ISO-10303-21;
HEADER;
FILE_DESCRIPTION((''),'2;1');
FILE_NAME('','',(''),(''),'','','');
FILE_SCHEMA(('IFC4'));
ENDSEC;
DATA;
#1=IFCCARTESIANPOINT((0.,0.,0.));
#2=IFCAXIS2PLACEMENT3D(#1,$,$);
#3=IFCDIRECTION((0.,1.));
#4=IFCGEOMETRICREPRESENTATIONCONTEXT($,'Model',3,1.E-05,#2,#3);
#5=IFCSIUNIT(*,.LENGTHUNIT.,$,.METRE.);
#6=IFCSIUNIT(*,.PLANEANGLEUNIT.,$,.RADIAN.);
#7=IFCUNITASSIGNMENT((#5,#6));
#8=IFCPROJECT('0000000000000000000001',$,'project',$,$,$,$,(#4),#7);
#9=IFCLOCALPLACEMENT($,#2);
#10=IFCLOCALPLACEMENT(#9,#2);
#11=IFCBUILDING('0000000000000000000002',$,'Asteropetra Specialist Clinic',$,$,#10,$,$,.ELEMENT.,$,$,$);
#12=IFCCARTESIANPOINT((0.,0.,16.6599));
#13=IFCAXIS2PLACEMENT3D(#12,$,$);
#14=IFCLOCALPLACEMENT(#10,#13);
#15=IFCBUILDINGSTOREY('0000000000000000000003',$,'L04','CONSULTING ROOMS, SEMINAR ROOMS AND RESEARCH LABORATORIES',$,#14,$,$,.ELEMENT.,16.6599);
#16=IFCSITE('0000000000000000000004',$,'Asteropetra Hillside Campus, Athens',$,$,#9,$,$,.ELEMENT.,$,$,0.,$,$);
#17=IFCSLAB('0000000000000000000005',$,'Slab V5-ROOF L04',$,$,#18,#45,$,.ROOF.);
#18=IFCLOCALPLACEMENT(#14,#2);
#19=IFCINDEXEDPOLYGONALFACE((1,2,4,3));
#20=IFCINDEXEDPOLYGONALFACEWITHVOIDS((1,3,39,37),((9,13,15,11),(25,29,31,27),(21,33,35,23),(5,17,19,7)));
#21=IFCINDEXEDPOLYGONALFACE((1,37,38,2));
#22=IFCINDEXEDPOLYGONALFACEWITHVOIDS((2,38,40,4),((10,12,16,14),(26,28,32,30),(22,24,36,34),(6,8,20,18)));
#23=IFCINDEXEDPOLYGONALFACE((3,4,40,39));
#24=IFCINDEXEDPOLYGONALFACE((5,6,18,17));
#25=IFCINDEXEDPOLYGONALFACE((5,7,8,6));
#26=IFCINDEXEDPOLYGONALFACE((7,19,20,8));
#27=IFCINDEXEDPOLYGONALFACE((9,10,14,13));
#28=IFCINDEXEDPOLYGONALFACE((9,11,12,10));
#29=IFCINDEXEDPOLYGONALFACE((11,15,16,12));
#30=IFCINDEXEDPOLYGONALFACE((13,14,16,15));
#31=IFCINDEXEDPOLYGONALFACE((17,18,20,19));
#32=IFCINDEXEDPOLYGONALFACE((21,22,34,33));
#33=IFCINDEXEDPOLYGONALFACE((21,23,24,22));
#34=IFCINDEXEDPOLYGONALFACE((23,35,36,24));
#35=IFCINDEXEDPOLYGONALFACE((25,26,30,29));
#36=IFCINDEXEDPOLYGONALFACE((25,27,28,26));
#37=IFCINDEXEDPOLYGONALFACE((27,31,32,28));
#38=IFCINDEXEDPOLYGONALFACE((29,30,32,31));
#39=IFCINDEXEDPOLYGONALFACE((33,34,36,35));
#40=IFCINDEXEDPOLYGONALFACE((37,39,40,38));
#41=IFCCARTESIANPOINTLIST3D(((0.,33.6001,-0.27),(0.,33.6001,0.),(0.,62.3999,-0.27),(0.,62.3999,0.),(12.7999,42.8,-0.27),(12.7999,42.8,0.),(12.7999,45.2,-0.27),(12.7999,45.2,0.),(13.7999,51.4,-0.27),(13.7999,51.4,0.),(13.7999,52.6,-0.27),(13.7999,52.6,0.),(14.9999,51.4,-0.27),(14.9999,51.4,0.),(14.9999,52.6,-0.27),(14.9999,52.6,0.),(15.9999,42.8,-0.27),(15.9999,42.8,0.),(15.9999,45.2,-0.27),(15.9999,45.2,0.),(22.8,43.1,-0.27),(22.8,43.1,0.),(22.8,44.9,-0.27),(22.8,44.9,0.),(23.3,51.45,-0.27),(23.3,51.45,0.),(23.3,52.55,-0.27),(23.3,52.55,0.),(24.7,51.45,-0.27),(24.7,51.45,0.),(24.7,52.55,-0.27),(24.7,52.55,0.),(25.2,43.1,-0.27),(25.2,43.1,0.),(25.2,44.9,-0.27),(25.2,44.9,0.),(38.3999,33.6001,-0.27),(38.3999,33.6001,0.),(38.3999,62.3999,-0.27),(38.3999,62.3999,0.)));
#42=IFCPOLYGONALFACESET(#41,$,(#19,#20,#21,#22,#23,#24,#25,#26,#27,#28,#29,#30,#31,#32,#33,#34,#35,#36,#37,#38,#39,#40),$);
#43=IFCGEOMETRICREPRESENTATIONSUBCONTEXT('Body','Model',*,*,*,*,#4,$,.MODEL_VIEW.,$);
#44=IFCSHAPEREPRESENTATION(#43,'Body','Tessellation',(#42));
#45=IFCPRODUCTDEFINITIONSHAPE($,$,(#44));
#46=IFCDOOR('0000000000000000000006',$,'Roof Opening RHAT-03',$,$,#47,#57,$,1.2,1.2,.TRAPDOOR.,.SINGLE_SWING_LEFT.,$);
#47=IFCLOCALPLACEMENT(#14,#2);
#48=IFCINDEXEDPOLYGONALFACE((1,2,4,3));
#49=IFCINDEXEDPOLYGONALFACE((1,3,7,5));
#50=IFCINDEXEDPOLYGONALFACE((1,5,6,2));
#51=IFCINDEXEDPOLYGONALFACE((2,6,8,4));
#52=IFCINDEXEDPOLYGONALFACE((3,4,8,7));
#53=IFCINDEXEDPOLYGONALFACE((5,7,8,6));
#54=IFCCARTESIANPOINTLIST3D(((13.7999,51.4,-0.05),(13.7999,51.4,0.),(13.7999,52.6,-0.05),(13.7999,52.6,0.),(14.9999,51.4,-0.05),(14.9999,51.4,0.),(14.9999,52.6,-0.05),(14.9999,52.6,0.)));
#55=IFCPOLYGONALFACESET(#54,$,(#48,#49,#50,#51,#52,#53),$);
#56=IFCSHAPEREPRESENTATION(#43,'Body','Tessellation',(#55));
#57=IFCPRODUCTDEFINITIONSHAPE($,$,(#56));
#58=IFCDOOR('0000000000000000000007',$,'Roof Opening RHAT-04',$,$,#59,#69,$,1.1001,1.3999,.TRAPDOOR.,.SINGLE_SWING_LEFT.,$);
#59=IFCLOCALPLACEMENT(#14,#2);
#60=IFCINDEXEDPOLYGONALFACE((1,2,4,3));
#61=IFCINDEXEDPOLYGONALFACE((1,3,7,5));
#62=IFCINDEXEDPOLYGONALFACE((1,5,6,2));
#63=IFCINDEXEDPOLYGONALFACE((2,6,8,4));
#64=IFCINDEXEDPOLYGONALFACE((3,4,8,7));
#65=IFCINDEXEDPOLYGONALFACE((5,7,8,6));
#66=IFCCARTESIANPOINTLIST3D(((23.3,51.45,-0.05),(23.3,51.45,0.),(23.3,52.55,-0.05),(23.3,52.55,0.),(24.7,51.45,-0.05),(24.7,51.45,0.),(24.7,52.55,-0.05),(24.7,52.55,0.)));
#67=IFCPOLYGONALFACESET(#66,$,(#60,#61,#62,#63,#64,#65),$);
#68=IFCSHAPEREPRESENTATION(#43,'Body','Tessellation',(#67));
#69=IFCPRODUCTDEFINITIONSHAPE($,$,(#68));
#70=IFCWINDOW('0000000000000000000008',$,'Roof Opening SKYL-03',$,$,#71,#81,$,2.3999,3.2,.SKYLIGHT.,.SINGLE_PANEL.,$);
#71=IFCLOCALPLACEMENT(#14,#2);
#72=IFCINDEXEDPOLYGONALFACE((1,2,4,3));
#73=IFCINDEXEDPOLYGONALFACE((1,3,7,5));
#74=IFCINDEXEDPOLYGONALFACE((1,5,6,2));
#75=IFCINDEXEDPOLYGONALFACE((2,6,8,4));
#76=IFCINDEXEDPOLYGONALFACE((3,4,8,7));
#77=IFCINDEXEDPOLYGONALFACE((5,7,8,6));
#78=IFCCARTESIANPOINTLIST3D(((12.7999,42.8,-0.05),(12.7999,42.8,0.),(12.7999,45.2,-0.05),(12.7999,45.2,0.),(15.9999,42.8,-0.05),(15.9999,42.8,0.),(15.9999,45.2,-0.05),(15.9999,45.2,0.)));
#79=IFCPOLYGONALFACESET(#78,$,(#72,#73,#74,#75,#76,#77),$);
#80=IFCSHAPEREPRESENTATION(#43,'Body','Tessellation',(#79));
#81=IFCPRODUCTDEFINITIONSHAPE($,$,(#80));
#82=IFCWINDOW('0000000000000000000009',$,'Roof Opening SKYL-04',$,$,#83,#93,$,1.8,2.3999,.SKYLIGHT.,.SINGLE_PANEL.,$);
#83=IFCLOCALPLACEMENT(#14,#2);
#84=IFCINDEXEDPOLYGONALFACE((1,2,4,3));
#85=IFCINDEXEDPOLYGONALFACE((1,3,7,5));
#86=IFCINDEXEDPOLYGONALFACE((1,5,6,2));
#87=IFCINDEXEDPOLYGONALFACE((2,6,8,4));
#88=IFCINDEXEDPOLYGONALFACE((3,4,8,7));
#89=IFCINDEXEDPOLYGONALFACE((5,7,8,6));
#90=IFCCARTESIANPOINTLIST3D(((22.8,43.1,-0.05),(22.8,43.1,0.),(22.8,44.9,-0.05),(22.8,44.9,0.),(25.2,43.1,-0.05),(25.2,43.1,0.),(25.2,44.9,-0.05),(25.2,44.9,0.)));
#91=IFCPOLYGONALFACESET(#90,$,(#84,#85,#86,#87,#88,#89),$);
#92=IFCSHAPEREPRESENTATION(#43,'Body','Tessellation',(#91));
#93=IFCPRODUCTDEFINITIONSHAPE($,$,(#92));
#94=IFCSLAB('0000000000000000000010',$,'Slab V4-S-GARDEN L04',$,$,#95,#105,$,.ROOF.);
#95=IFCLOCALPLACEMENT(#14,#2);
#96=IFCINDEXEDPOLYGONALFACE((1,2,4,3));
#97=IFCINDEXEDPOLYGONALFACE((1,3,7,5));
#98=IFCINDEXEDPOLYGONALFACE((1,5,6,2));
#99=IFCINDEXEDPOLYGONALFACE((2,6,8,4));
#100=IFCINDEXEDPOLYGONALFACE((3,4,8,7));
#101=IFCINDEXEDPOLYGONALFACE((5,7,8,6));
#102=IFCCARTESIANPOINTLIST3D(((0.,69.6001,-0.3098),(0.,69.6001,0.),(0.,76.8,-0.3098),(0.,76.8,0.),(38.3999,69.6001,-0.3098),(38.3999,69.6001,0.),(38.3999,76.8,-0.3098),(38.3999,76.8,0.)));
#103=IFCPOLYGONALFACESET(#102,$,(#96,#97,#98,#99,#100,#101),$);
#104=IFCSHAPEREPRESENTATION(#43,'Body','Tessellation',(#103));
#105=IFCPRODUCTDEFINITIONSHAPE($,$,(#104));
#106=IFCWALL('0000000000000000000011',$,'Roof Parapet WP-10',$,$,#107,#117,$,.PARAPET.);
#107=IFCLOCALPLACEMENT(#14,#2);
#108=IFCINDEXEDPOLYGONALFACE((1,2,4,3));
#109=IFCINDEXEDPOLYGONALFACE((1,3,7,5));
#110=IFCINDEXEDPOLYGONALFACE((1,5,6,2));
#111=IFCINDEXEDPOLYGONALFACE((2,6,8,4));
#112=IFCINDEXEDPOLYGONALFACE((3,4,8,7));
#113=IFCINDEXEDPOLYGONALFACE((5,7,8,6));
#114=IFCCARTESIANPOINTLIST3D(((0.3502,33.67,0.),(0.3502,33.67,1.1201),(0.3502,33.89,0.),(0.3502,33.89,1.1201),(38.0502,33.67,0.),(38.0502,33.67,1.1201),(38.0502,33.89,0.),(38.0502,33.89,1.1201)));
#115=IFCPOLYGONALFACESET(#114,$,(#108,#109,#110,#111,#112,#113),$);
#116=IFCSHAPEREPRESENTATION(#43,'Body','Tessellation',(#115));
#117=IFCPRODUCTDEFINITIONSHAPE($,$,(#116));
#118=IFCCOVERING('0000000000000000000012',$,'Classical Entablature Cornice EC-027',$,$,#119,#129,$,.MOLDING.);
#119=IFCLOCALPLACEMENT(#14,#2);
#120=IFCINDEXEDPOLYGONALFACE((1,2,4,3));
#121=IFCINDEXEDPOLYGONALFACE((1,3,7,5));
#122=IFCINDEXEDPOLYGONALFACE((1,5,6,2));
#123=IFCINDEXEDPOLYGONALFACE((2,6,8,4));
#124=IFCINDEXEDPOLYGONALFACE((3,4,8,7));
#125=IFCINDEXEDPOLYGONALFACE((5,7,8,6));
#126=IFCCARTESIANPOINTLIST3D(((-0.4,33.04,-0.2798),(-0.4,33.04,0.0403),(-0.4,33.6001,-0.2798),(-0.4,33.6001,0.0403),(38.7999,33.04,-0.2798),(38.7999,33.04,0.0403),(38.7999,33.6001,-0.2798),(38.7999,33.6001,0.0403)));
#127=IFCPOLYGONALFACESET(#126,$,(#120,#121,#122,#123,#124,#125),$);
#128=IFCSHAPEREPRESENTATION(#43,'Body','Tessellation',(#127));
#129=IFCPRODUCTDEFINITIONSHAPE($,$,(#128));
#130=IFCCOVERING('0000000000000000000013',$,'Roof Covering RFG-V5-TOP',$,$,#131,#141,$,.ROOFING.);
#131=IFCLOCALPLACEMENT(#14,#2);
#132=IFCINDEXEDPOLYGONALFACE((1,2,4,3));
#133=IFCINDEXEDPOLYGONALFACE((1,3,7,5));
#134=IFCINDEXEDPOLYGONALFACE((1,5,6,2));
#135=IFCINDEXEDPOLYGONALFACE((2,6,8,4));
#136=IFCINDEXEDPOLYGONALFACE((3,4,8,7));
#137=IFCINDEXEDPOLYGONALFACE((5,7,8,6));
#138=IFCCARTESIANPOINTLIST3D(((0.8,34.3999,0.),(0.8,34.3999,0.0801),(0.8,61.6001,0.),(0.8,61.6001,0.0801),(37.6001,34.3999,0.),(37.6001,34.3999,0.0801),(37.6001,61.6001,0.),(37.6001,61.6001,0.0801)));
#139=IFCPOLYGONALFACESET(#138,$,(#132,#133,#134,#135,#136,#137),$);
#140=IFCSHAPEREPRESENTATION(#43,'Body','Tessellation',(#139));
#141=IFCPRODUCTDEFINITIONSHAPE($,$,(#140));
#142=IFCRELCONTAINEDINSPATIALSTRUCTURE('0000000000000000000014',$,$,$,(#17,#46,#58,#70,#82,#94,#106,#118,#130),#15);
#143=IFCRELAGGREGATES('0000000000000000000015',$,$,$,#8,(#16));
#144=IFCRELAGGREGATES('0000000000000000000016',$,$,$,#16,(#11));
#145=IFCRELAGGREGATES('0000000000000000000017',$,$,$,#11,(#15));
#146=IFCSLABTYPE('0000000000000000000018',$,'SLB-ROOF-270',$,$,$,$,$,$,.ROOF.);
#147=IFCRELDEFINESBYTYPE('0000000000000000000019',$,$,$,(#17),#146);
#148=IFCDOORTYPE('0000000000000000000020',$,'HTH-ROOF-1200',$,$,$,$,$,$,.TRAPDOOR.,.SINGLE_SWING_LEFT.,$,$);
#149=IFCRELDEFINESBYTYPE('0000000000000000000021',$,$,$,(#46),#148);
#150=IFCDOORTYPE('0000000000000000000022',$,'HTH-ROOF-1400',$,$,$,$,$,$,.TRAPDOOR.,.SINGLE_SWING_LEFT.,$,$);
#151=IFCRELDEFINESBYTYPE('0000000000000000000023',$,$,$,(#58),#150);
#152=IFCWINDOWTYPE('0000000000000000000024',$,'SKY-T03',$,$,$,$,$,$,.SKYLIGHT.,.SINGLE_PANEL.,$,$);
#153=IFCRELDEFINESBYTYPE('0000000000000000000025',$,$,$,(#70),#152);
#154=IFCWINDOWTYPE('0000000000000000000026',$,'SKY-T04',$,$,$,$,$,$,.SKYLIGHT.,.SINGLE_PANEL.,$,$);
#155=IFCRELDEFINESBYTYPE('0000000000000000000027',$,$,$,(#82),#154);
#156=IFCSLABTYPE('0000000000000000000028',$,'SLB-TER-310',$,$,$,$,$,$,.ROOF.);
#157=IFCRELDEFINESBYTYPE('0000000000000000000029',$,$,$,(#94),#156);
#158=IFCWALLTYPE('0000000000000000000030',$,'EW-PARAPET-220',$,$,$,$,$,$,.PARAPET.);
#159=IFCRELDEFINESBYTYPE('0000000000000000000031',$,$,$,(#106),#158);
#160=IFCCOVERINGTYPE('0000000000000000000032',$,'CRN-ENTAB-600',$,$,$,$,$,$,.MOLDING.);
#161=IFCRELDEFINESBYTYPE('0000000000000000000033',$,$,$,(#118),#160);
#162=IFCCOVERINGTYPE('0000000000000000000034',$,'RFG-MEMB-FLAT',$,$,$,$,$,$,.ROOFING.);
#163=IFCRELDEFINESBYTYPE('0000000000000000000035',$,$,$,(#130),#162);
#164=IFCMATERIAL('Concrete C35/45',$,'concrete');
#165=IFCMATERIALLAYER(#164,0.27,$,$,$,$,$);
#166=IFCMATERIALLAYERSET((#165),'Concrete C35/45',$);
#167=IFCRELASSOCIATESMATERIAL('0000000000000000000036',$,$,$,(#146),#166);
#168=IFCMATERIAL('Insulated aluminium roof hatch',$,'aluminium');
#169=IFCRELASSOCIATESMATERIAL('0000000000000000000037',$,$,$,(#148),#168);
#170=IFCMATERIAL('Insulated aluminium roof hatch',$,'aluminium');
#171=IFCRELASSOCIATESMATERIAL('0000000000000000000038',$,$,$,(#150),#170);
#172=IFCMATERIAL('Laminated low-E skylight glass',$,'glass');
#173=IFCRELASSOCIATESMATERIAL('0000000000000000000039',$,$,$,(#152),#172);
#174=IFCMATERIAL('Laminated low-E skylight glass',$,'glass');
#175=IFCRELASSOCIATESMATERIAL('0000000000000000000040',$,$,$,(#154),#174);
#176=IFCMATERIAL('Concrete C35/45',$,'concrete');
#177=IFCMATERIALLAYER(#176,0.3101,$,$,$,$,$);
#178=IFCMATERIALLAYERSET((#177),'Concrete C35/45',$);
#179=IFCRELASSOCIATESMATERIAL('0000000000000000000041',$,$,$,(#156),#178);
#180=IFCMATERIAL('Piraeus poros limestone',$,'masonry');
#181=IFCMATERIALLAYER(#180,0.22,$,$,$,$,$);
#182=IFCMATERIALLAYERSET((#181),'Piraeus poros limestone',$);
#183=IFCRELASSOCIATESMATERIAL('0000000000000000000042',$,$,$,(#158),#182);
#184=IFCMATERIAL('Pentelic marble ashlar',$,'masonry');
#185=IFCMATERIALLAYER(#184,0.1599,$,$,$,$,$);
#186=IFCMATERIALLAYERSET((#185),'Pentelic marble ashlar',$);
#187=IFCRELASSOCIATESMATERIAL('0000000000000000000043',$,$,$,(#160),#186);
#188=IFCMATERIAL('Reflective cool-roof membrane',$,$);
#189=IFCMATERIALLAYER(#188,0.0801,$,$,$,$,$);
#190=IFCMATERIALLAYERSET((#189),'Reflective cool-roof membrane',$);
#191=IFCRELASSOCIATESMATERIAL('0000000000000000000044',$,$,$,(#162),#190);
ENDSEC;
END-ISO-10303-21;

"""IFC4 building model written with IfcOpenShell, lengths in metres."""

from ifc_helpers import new_model, si_unit, direction, frame, frame_2d, origin, origin_2d, place, context, subcontext, project, spatial, polyline, rectangle, outline, extrude, material, layer, layer_set, type_object, element, fill, save


model = new_model("IFC4")

# Units and contexts
model_context = context("Model", 3, precision=1e-05, world=origin(), true_north=direction((0.0, 1.0)))
body_context = subcontext(model_context, "Body", "Model", "MODEL_VIEW")
ifc_project = project(units=[si_unit("LENGTHUNIT", "METRE"), si_unit("PLANEANGLEUNIT", "RADIAN")], contexts=[model_context])

# Site, building, storey
site_placement = place(None, origin())
site = spatial("IfcSite", under=ifc_project, at=site_placement, Name="Asteropetra Hillside Campus, Athens", CompositionType="ELEMENT", RefElevation=0.0)
building_placement = place(site_placement, origin())
building = spatial("IfcBuilding", under=site, at=building_placement, Name="Asteropetra Specialist Clinic", CompositionType="ELEMENT")
storey_placement = place(building_placement, frame((0.0, 0.0, 16.6599)))
storey = spatial("IfcBuildingStorey", under=building, at=storey_placement, Name="L04", Description="CONSULTING ROOMS, SEMINAR ROOMS AND RESEARCH LABORATORIES", CompositionType="ELEMENT", Elevation=16.6599)

# Shared definitions
ifc_material_1 = material(Name="Concrete C35/45", Category="concrete")
ifc_layer_1 = layer(ifc_material_1, 0.27)
ifc_layer_set_1 = layer_set([ifc_layer_1], Name="Concrete C35/45")
slab_type_1 = type_object("IfcSlabType", Name="SLB-ROOF-270", PredefinedType="ROOF", material=ifc_layer_set_1)

# Slab, openings, doors, windows
slab_1_placement = place(storey_placement, frame((0.0, 0.0, -0.27)))
slab_1 = element("IfcSlab", 1, at=slab_1_placement, inside=storey, type_object=slab_type_1, Name="Slab V5-ROOF L04", PredefinedType="ROOF", context=body_context, shape_type="SweptSolid", body=[
    extrude(outline(polyline([(0.0, 33.6001), (38.3999, 33.6001), (38.3999, 62.3999), (0.0, 62.3999), (0.0, 33.6001)])), origin(), (0.0, 0.0, 1.0), 0.27),
])
opening_1_placement = place(slab_1_placement, frame((14.3999, 44.0, 0.0)))
opening_1 = element("IfcOpeningElement", 2, at=opening_1_placement, cuts=slab_1, PredefinedType="OPENING", context=body_context, shape_type="SweptSolid", body=[
    extrude(rectangle(XDim=3.2, YDim=2.3999, at=origin_2d()), origin(), (0.0, 0.0, 1.0), 0.27),
])
opening_2_placement = place(slab_1_placement, frame((24.0, 44.0, 0.0)))
opening_2 = element("IfcOpeningElement", 3, at=opening_2_placement, cuts=slab_1, PredefinedType="OPENING", context=body_context, shape_type="SweptSolid", body=[
    extrude(rectangle(XDim=2.3999, YDim=1.8, at=origin_2d()), origin(), (0.0, 0.0, 1.0), 0.27),
])
opening_3_placement = place(slab_1_placement, frame((14.3999, 52.0, 0.0)))
opening_3 = element("IfcOpeningElement", 4, at=opening_3_placement, cuts=slab_1, PredefinedType="OPENING", context=body_context, shape_type="SweptSolid", body=[
    extrude(rectangle(XDim=1.2, YDim=1.2, at=origin_2d()), origin(), (0.0, 0.0, 1.0), 0.27),
])
opening_4_placement = place(slab_1_placement, frame((24.0, 52.0, 0.0)))
opening_4 = element("IfcOpeningElement", 5, at=opening_4_placement, cuts=slab_1, PredefinedType="OPENING", context=body_context, shape_type="SweptSolid", body=[
    extrude(rectangle(XDim=1.3999, YDim=1.1001, at=origin_2d()), origin(), (0.0, 0.0, 1.0), 0.27),
])
ifc_material_2 = material(Name="Insulated aluminium roof hatch", Category="aluminium")
door_type_1 = type_object("IfcDoorType", Name="HTH-ROOF-1200", OperationType="SINGLE_SWING_LEFT", PredefinedType="TRAPDOOR", material=ifc_material_2)
door_1_placement = place(opening_3_placement, frame((0.0, 0.0, 0.22)))
door_1 = element("IfcDoor", 6, at=door_1_placement, inside=storey, type_object=door_type_1, Name="Roof Opening RHAT-03", OperationType="SINGLE_SWING_LEFT", OverallHeight=1.2, OverallWidth=1.2, PredefinedType="TRAPDOOR", context=body_context, shape_type="SweptSolid", body=[
    extrude(rectangle(XDim=1.2, YDim=1.2, at=origin_2d()), origin(), (0.0, 0.0, 1.0), 0.05),
])
fill(opening_3, door_1)
ifc_material_3 = material(Name="Insulated aluminium roof hatch", Category="aluminium")
door_type_2 = type_object("IfcDoorType", Name="HTH-ROOF-1400", OperationType="SINGLE_SWING_LEFT", PredefinedType="TRAPDOOR", material=ifc_material_3)
door_2_placement = place(opening_4_placement, frame((0.0, 0.0, 0.22)))
door_2 = element("IfcDoor", 7, at=door_2_placement, inside=storey, type_object=door_type_2, Name="Roof Opening RHAT-04", OperationType="SINGLE_SWING_LEFT", OverallHeight=1.1001, OverallWidth=1.3999, PredefinedType="TRAPDOOR", context=body_context, shape_type="SweptSolid", body=[
    extrude(rectangle(XDim=1.3999, YDim=1.1001, at=origin_2d()), origin(), (0.0, 0.0, 1.0), 0.05),
])
fill(opening_4, door_2)
ifc_material_4 = material(Name="Laminated low-E skylight glass", Category="glass")
window_type_1 = type_object("IfcWindowType", Name="SKY-T03", PartitioningType="SINGLE_PANEL", PredefinedType="SKYLIGHT", material=ifc_material_4)
window_1_placement = place(opening_1_placement, frame((0.0, 0.0, 0.22)))
window_1 = element("IfcWindow", 8, at=window_1_placement, inside=storey, type_object=window_type_1, Name="Roof Opening SKYL-03", OverallHeight=2.3999, OverallWidth=3.2, PartitioningType="SINGLE_PANEL", PredefinedType="SKYLIGHT", context=body_context, shape_type="SweptSolid", body=[
    extrude(rectangle(XDim=3.2, YDim=2.3999, at=origin_2d()), origin(), (0.0, 0.0, 1.0), 0.05),
])
fill(opening_1, window_1)
ifc_material_5 = material(Name="Laminated low-E skylight glass", Category="glass")
window_type_2 = type_object("IfcWindowType", Name="SKY-T04", PartitioningType="SINGLE_PANEL", PredefinedType="SKYLIGHT", material=ifc_material_5)
window_2_placement = place(opening_2_placement, frame((0.0, 0.0, 0.22)))
window_2 = element("IfcWindow", 9, at=window_2_placement, inside=storey, type_object=window_type_2, Name="Roof Opening SKYL-04", OverallHeight=1.8, OverallWidth=2.3999, PartitioningType="SINGLE_PANEL", PredefinedType="SKYLIGHT", context=body_context, shape_type="SweptSolid", body=[
    extrude(rectangle(XDim=2.3999, YDim=1.8, at=origin_2d()), origin(), (0.0, 0.0, 1.0), 0.05),
])
fill(opening_2, window_2)

# Slab
ifc_material_6 = material(Name="Concrete C35/45", Category="concrete")
ifc_layer_2 = layer(ifc_material_6, 0.3101)
ifc_layer_set_2 = layer_set([ifc_layer_2], Name="Concrete C35/45")
slab_type_2 = type_object("IfcSlabType", Name="SLB-TER-310", PredefinedType="ROOF", material=ifc_layer_set_2)
slab_2_placement = place(storey_placement, frame((0.0, 0.0, -0.3098)))
element("IfcSlab", 10, at=slab_2_placement, inside=storey, type_object=slab_type_2, Name="Slab V4-S-GARDEN L04", PredefinedType="ROOF", context=body_context, shape_type="SweptSolid", body=[
    extrude(outline(polyline([(0.0, 69.6001), (38.3999, 69.6001), (38.3999, 76.8), (0.0, 76.8), (0.0, 69.6001)])), origin(), (0.0, 0.0, 1.0), 0.3098),
])

# Wall
ifc_material_7 = material(Name="Piraeus poros limestone", Category="masonry")
ifc_layer_3 = layer(ifc_material_7, 0.22)
ifc_layer_set_3 = layer_set([ifc_layer_3], Name="Piraeus poros limestone")
wall_type = type_object("IfcWallType", Name="EW-PARAPET-220", PredefinedType="PARAPET", material=ifc_layer_set_3)
wall_placement = place(storey_placement, frame((0.3501, 33.78, 0.0), z_axis=(0.0, 0.0, 1.0), x_axis=(1.0, 0.0, 0.0)))
element("IfcWall", 11, at=wall_placement, inside=storey, type_object=wall_type, Name="Roof Parapet WP-10", PredefinedType="PARAPET", context=body_context, shape_type="SweptSolid", body=[
    extrude(rectangle(XDim=37.7, YDim=0.22, at=frame_2d((18.8501, 0.0))), origin(), (0.0, 0.0, 1.0), 1.1201),
])

# Coverings
ifc_material_8 = material(Name="Pentelic marble ashlar", Category="masonry")
ifc_layer_4 = layer(ifc_material_8, 0.1599)
ifc_layer_set_4 = layer_set([ifc_layer_4], Name="Pentelic marble ashlar")
covering_type_1 = type_object("IfcCoveringType", Name="CRN-ENTAB-600", PredefinedType="MOLDING", material=ifc_layer_set_4)
covering_1_placement = place(storey_placement, frame((19.2, 33.3201, -0.2798), z_axis=(0.0, 0.0, 1.0), x_axis=(1.0, 0.0, 0.0)))
element("IfcCovering", 12, at=covering_1_placement, inside=storey, type_object=covering_type_1, Name="Classical Entablature Cornice EC-027", PredefinedType="MOLDING", context=body_context, shape_type="SweptSolid", body=[
    extrude(rectangle(XDim=39.2, YDim=0.5601, at=origin_2d()), origin(), (0.0, 0.0, 1.0), 0.3201),
])
ifc_material_9 = material(Name="Reflective cool-roof membrane")
ifc_layer_5 = layer(ifc_material_9, 0.0801)
ifc_layer_set_5 = layer_set([ifc_layer_5], Name="Reflective cool-roof membrane")
covering_type_2 = type_object("IfcCoveringType", Name="RFG-MEMB-FLAT", PredefinedType="ROOFING", material=ifc_layer_set_5)
covering_2_placement = place(storey_placement, origin())
element("IfcCovering", 13, at=covering_2_placement, inside=storey, type_object=covering_type_2, Name="Roof Covering RFG-V5-TOP", PredefinedType="ROOFING", context=body_context, shape_type="SweptSolid", body=[
    extrude(outline(polyline([(0.8, 34.3999), (37.6001, 34.3999), (37.6001, 61.6001), (0.8, 61.6001), (0.8, 34.3999)])), origin(), (0.0, 0.0, 1.0), 0.0801),
])

save(model, "model.ifc")
